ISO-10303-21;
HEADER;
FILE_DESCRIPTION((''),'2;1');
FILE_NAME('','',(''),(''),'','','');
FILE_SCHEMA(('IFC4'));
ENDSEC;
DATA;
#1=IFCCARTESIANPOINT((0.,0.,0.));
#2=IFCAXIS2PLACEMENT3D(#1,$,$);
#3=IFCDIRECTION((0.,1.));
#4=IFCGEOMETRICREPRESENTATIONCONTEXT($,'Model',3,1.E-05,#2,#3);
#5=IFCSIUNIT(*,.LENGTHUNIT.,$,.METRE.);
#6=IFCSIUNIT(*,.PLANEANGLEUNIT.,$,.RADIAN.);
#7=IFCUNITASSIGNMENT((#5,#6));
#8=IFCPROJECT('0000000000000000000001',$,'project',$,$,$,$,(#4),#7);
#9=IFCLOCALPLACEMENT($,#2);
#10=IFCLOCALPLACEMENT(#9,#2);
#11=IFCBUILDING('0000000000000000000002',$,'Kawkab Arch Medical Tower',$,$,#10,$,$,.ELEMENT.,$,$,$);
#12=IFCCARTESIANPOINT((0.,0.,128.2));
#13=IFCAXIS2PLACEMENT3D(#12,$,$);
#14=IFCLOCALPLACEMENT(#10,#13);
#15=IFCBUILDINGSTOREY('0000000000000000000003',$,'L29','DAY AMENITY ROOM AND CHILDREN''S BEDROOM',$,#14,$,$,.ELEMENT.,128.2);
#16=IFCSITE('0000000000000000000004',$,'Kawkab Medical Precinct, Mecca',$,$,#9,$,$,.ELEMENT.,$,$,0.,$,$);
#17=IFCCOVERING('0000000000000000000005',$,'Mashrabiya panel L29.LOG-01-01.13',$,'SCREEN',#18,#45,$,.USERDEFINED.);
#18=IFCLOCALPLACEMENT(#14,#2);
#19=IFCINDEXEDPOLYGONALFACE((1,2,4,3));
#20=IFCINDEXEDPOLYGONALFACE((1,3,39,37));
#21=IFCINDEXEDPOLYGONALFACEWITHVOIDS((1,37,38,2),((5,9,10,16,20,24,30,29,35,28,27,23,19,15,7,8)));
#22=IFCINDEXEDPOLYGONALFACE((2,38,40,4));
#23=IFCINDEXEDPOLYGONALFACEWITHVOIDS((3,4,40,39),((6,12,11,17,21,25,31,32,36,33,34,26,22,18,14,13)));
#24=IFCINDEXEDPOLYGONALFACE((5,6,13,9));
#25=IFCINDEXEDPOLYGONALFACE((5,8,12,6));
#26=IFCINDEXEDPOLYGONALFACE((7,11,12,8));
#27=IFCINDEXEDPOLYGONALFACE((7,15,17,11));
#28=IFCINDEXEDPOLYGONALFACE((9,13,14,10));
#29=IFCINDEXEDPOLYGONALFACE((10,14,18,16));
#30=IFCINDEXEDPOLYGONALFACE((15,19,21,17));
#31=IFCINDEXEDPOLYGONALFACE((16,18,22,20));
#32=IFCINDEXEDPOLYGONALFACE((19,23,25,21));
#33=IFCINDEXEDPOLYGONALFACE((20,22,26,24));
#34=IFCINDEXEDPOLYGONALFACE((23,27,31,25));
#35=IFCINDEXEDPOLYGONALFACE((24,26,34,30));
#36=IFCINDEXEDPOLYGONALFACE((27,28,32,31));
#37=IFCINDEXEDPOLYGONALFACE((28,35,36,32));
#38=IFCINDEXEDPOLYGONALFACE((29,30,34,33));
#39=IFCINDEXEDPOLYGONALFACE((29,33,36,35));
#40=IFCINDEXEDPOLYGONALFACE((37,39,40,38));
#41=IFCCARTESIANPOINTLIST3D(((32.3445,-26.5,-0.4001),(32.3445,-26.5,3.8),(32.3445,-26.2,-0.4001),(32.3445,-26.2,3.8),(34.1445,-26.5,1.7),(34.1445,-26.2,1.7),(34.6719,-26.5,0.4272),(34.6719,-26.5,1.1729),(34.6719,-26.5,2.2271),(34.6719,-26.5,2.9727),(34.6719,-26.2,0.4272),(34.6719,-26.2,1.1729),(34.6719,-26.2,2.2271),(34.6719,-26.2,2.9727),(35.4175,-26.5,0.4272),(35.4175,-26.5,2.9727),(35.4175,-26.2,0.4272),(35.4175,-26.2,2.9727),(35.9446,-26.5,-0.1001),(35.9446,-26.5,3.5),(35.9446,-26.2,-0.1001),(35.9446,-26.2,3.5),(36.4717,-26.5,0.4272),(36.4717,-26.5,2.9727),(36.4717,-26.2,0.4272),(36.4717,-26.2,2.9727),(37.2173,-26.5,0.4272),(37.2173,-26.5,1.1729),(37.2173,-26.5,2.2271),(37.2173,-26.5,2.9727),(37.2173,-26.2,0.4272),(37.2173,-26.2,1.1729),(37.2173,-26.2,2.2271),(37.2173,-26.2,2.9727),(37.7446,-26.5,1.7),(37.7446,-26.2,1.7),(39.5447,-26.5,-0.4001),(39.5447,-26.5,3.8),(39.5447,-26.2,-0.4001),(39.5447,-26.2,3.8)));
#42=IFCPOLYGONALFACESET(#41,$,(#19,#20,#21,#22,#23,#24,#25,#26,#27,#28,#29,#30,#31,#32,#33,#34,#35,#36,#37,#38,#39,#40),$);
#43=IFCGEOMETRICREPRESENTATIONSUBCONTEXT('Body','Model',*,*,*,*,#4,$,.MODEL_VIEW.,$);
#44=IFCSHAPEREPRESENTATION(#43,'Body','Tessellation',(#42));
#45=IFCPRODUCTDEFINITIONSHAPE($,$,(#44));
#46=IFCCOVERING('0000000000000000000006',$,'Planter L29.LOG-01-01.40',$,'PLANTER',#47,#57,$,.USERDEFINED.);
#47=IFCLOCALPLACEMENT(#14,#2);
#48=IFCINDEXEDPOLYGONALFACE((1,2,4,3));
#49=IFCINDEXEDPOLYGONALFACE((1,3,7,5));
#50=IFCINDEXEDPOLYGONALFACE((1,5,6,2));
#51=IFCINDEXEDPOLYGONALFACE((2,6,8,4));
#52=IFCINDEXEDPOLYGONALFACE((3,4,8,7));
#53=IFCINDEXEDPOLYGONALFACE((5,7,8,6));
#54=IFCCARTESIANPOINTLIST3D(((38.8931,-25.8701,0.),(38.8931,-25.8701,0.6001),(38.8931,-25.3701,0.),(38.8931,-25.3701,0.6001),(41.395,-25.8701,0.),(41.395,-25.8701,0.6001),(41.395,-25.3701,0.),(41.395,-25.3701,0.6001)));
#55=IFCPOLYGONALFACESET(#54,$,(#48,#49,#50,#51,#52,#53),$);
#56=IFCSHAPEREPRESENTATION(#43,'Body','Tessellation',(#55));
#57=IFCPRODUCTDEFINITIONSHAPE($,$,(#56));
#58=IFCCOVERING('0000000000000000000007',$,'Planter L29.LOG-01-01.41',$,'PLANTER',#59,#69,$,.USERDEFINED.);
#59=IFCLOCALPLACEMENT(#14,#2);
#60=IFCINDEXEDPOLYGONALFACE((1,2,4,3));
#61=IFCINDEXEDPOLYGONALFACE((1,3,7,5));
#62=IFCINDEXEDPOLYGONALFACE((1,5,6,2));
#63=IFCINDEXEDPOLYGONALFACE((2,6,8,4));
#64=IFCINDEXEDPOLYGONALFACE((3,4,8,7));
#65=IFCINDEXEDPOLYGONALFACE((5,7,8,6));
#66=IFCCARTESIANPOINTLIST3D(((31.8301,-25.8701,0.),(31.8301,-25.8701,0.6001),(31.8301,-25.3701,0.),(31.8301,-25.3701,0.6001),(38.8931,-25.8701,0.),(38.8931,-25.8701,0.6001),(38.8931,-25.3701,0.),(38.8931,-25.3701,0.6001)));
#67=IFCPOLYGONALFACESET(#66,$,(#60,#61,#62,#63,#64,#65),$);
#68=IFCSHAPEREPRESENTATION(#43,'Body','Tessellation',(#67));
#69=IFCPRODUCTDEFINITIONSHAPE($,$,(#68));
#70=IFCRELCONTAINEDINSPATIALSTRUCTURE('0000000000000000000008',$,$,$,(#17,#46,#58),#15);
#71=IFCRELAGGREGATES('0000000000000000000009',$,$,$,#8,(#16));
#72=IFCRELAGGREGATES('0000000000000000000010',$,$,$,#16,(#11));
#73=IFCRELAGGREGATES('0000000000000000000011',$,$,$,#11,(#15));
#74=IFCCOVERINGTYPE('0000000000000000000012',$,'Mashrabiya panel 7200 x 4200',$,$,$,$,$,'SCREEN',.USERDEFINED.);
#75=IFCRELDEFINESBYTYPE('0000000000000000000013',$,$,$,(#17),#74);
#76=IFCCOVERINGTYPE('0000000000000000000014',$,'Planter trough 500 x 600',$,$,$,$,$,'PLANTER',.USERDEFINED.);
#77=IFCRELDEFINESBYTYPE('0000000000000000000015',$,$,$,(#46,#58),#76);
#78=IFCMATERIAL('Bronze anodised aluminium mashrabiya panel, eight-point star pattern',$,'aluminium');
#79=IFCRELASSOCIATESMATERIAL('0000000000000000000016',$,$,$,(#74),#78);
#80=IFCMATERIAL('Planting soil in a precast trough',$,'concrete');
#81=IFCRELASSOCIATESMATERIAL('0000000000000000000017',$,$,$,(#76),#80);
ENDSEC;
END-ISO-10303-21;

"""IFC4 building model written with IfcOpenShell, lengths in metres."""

from ifc_helpers import new_model, si_unit, direction, frame, origin, origin_2d, place, context, subcontext, project, spatial, polyline, rectangle, outline, extrude, material, material_profile, profile_set, type_object, element, save


model = new_model("IFC4")

# Units and contexts
model_context = context("Model", 3, precision=1e-05, world=origin(), true_north=direction((0.0, 1.0)))
body_context = subcontext(model_context, "Body", "Model", "MODEL_VIEW")
ifc_project = project(units=[si_unit("LENGTHUNIT", "METRE"), si_unit("PLANEANGLEUNIT", "RADIAN")], contexts=[model_context])

# Site, building, storey
site_placement = place(None, origin())
site = spatial("IfcSite", under=ifc_project, at=site_placement, Name="Kawkab Medical Precinct, Mecca", CompositionType="ELEMENT", RefElevation=0.0)
building_placement = place(site_placement, origin())
building = spatial("IfcBuilding", under=site, at=building_placement, Name="Kawkab Arch Medical Tower", CompositionType="ELEMENT")
storey_placement = place(building_placement, frame((0.0, 0.0, 128.2)))
storey = spatial("IfcBuildingStorey", under=building, at=storey_placement, Name="L29", Description="DAY AMENITY ROOM AND CHILDREN'S BEDROOM", CompositionType="ELEMENT", Elevation=128.2)

# Coverings
ifc_material_1 = material(Name="Bronze anodised aluminium mashrabiya panel, eight-point star pattern", Category="aluminium")
ifc_material_profile_1 = material_profile(ifc_material_1, outline(polyline([(-3.6001, -2.1001), (3.6001, -2.1001), (3.6001, 2.1001), (-3.6001, 2.1001), (-3.6001, -2.1001)]), holes=[polyline([(1.8, 0.0), (1.2727, 0.5271), (1.2727, 1.2727), (0.5271, 1.2727), (0.0, 1.8), (-0.5271, 1.2727), (-1.2727, 1.2727), (-1.2727, 0.5271), (-1.8, 0.0), (-1.2727, -0.5271), (-1.2727, -1.2727), (-0.5271, -1.2727), (0.0, -1.8), (0.5271, -1.2727), (1.2727, -1.2727), (1.2727, -0.5271), (1.8, 0.0)])]), Name="Mashrabiya panel 7200x4200")
ifc_profile_set_1 = profile_set([ifc_material_profile_1], Name="Bronze anodised aluminium mashrabiya panel, eight-point star pattern")
covering_type_1 = type_object("IfcCoveringType", Name="Mashrabiya panel 7200 x 4200", ElementType="SCREEN", PredefinedType="USERDEFINED", material=ifc_profile_set_1)
covering_1_placement = place(storey_placement, frame((35.9446, -26.2, 1.7), z_axis=(0.0, -1.0, 0.0), x_axis=(1.0, 0.0, 0.0)))
element("IfcCovering", 1, at=covering_1_placement, inside=storey, type_object=covering_type_1, Name="Mashrabiya panel L29.LOG-01-01.13", ObjectType="SCREEN", PredefinedType="USERDEFINED", context=body_context, shape_type="SweptSolid", body=[
    extrude(outline(polyline([(-3.6001, -2.1001), (3.6001, -2.1001), (3.6001, 2.1001), (-3.6001, 2.1001), (-3.6001, -2.1001)]), holes=[polyline([(1.8, 0.0), (1.2727, 0.5271), (1.2727, 1.2727), (0.5271, 1.2727), (0.0, 1.8), (-0.5271, 1.2727), (-1.2727, 1.2727), (-1.2727, 0.5271), (-1.8, 0.0), (-1.2727, -0.5271), (-1.2727, -1.2727), (-0.5271, -1.2727), (0.0, -1.8), (0.5271, -1.2727), (1.2727, -1.2727), (1.2727, -0.5271), (1.8, 0.0)])]), origin(), (0.0, 0.0, 1.0), 0.3),
])
ifc_material_2 = material(Name="Planting soil in a precast trough", Category="concrete")
ifc_material_profile_2 = material_profile(ifc_material_2, rectangle(XDim=0.5, YDim=0.6001, at=origin_2d()), Name="Trough 500x600")
ifc_profile_set_2 = profile_set([ifc_material_profile_2], Name="Planting soil in a precast trough")
covering_type_2 = type_object("IfcCoveringType", Name="Planter trough 500 x 600", ElementType="PLANTER", PredefinedType="USERDEFINED", material=ifc_profile_set_2)
covering_2_placement = place(storey_placement, frame((41.395, -25.6201, 0.3), z_axis=(-1.0, 0.0, 0.0), x_axis=(0.0, -1.0, 0.0)))
element("IfcCovering", 2, at=covering_2_placement, inside=storey, type_object=covering_type_2, Name="Planter L29.LOG-01-01.40", ObjectType="PLANTER", PredefinedType="USERDEFINED", context=body_context, shape_type="SweptSolid", body=[
    extrude(rectangle(XDim=0.5, YDim=0.6001, at=origin_2d()), origin(), (0.0, 0.0, 1.0), 2.502),
])
covering_3_placement = place(storey_placement, frame((38.8931, -25.6201, 0.3), z_axis=(-1.0, 0.0, 0.0), x_axis=(0.0, -1.0, 0.0)))
element("IfcCovering", 3, at=covering_3_placement, inside=storey, type_object=covering_type_2, Name="Planter L29.LOG-01-01.41", ObjectType="PLANTER", PredefinedType="USERDEFINED", context=body_context, shape_type="SweptSolid", body=[
    extrude(rectangle(XDim=0.5, YDim=0.6001, at=origin_2d()), origin(), (0.0, 0.0, 1.0), 7.063),
])

save(model, "model.ifc")
